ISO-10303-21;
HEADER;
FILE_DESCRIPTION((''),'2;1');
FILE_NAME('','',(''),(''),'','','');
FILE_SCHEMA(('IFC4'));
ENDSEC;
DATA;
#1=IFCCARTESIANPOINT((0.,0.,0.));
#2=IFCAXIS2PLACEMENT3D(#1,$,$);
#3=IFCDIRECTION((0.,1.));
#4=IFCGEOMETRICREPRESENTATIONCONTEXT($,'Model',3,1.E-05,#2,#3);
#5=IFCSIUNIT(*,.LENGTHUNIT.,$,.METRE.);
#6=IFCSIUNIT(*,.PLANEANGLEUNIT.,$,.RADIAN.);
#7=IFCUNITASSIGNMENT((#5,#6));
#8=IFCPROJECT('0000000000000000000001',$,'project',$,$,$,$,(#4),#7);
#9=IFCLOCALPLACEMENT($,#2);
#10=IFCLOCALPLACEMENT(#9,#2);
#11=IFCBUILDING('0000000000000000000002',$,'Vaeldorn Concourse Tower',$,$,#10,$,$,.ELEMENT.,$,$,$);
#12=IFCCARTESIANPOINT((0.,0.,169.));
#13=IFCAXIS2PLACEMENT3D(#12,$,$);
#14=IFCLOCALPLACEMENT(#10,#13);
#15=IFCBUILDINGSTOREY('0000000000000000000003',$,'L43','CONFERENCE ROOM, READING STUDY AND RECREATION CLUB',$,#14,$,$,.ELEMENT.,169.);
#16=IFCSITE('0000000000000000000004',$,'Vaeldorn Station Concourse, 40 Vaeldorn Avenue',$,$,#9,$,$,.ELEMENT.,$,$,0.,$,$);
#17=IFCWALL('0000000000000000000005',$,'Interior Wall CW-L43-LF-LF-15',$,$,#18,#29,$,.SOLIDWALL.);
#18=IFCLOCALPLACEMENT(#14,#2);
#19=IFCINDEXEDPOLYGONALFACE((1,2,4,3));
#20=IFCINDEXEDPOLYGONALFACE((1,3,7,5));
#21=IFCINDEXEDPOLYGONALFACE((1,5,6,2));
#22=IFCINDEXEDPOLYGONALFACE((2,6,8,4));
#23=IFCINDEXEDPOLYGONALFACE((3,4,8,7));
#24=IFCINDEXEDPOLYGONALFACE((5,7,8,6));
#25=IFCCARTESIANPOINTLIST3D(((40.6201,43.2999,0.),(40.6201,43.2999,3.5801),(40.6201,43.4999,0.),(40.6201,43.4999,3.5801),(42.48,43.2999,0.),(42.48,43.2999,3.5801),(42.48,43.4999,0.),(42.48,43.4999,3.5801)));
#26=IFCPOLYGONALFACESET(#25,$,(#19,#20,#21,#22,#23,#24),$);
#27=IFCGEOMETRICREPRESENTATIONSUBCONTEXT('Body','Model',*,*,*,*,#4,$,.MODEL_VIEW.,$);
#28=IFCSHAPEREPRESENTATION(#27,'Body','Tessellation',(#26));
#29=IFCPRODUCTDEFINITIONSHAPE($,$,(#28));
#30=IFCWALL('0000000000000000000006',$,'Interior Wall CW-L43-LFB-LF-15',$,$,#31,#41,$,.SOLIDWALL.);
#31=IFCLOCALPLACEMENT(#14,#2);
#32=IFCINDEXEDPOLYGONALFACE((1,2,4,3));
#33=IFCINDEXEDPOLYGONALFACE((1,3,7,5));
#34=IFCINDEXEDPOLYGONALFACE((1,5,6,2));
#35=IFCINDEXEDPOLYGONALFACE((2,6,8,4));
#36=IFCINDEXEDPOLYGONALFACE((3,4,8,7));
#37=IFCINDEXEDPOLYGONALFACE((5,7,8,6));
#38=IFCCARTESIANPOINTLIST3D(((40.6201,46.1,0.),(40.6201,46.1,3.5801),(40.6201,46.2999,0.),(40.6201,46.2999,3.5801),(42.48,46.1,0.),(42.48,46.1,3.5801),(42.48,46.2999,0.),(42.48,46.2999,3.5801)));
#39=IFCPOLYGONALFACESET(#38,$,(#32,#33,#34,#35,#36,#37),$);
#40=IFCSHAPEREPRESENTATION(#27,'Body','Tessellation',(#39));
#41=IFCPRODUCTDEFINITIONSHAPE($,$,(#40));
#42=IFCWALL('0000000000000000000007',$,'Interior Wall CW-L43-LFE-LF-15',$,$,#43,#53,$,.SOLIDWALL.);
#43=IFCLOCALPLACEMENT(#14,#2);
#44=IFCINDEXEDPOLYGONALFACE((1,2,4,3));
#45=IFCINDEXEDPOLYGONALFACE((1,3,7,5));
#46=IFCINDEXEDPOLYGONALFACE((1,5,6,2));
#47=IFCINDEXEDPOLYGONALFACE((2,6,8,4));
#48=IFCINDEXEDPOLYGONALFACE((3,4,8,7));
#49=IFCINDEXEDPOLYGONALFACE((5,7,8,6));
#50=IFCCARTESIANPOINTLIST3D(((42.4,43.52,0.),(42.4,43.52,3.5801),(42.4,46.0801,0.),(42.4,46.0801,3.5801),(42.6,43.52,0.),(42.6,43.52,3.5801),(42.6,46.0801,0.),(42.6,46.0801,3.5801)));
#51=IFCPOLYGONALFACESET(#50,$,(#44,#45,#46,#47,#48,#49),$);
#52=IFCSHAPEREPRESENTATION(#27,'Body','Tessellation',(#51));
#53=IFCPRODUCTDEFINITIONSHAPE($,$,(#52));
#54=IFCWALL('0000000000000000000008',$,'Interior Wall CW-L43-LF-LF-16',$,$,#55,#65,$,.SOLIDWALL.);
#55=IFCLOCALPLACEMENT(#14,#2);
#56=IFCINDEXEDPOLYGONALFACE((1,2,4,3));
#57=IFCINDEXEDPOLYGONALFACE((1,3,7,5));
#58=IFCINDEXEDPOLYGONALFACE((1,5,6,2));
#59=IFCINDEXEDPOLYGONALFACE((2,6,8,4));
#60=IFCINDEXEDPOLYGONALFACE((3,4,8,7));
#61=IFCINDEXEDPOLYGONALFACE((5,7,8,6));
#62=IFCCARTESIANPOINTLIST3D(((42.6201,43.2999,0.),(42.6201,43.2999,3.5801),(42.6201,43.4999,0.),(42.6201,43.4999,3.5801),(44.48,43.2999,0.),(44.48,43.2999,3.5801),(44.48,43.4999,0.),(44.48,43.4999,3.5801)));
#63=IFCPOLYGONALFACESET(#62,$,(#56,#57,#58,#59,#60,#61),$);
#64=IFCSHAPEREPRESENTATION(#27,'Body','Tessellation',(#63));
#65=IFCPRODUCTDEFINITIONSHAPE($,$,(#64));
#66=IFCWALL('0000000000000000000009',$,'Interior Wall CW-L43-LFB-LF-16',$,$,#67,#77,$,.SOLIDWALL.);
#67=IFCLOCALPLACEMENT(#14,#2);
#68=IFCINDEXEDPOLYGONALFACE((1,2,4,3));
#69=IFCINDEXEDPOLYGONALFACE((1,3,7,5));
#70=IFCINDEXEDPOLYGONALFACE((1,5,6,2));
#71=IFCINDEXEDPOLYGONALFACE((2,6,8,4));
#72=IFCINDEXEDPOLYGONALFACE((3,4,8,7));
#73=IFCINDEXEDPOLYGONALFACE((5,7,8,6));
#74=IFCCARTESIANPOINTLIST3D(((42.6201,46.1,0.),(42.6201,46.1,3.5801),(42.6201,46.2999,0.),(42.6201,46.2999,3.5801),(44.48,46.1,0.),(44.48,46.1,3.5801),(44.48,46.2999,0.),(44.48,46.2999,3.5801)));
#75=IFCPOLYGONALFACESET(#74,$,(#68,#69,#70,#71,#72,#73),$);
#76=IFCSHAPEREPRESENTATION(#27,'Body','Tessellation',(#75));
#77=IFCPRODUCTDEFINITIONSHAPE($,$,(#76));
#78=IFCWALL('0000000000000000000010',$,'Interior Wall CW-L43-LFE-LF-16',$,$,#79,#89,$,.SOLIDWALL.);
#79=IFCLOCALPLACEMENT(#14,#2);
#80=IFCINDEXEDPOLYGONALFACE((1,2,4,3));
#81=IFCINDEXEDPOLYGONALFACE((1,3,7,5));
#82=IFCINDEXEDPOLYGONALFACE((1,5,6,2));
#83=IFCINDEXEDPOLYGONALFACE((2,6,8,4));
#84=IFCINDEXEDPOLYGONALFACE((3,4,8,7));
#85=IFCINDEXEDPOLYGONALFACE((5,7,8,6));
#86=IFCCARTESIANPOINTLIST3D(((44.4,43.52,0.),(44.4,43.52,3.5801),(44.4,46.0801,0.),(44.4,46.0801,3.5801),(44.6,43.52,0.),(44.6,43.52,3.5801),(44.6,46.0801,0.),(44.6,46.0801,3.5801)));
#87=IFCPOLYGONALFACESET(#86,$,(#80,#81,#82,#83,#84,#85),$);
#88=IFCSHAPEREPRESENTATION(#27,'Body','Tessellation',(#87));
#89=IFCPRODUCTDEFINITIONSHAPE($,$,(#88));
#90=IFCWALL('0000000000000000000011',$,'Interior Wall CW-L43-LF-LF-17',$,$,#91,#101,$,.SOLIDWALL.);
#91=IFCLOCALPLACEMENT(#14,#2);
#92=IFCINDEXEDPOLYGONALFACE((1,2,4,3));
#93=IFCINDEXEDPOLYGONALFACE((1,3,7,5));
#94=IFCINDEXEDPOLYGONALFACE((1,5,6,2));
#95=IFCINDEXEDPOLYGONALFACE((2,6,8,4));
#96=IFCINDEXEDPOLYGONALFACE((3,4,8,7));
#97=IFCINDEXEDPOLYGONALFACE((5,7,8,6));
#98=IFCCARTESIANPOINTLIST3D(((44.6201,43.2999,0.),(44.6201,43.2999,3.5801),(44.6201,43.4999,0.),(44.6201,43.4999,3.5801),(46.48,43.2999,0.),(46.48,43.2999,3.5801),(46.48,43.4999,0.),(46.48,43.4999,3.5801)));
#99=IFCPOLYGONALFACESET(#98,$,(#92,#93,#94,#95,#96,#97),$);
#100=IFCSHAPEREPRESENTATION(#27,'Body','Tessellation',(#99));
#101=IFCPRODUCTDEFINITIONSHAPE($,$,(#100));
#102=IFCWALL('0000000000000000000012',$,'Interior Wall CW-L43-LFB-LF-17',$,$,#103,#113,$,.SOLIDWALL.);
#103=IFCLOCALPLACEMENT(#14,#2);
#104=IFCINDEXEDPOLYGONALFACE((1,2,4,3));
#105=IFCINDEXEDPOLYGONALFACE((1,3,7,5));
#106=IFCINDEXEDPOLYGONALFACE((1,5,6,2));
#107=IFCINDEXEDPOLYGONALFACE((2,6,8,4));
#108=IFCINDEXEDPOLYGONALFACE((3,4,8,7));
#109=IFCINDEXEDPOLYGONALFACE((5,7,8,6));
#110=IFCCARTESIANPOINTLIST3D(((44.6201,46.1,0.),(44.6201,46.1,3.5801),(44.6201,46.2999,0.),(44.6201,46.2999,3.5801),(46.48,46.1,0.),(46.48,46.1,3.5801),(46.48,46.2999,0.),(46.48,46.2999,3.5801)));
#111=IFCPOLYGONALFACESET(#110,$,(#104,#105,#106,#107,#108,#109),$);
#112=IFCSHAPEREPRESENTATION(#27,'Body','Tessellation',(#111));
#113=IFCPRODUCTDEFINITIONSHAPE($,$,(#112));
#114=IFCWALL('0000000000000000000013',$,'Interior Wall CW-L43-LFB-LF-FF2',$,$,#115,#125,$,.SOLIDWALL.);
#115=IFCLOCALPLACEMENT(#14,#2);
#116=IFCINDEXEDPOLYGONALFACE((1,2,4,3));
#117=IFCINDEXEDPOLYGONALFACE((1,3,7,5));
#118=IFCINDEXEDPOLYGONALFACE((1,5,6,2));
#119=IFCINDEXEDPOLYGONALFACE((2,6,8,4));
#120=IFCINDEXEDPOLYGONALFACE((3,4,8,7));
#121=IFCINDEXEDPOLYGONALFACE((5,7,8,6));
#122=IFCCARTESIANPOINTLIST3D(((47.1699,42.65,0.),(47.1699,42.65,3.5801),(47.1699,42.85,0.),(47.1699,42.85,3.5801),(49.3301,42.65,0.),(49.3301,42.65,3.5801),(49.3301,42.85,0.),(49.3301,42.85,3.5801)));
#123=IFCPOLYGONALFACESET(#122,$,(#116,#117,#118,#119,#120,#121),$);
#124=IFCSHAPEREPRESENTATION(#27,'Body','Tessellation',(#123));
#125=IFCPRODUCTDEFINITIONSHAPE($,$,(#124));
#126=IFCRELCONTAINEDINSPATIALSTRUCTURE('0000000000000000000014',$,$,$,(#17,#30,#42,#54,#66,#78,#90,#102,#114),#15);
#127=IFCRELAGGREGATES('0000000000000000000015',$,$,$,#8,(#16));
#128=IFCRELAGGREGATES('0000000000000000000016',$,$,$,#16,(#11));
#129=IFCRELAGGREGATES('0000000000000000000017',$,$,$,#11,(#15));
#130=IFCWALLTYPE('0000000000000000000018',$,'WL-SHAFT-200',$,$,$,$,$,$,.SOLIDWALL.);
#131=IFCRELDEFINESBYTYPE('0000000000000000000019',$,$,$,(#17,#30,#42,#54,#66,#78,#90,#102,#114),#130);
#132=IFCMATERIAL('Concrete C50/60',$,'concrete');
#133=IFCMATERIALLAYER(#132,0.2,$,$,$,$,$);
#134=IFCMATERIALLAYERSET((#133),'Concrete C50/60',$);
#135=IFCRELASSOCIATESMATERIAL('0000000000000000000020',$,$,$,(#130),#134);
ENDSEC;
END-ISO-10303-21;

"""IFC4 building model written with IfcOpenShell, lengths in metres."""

from ifc_helpers import new_model, si_unit, direction, frame, frame_2d, origin, place, context, subcontext, project, spatial, rectangle, extrude, material, layer, layer_set, type_object, element, save


model = new_model("IFC4")

# Units and contexts
model_context = context("Model", 3, precision=1e-05, world=origin(), true_north=direction((0.0, 1.0)))
body_context = subcontext(model_context, "Body", "Model", "MODEL_VIEW")
ifc_project = project(units=[si_unit("LENGTHUNIT", "METRE"), si_unit("PLANEANGLEUNIT", "RADIAN")], contexts=[model_context])

# Site, building, storey
site_placement = place(None, origin())
site = spatial("IfcSite", under=ifc_project, at=site_placement, Name="Vaeldorn Station Concourse, 40 Vaeldorn Avenue", CompositionType="ELEMENT", RefElevation=0.0)
building_placement = place(site_placement, origin())
building = spatial("IfcBuilding", under=site, at=building_placement, Name="Vaeldorn Concourse Tower", CompositionType="ELEMENT")
storey_placement = place(building_placement, frame((0.0, 0.0, 169.0)))
storey = spatial("IfcBuildingStorey", under=building, at=storey_placement, Name="L43", Description="CONFERENCE ROOM, READING STUDY AND RECREATION CLUB", CompositionType="ELEMENT", Elevation=169.0)

# Shared definitions
ifc_material_1 = material(Name="Concrete C50/60", Category="concrete")

# Shared definitions
ifc_layer_1 = layer(ifc_material_1, 0.2)
ifc_layer_set_1 = layer_set([ifc_layer_1], Name="Concrete C50/60")
wall_type_1 = type_object("IfcWallType", Name="WL-SHAFT-200", PredefinedType="SOLIDWALL", material=ifc_layer_set_1)

# Walls
for number, where, z_axis, x_axis, name in (
    (1, (40.6201, 43.3999, 0.0), (0.0, 0.0, 1.0), (1.0, 0.0, 0.0), "Interior Wall CW-L43-LF-LF-15"),
    (2, (40.6201, 46.2, 0.0), (0.0, 0.0, 1.0), (1.0, 0.0, 0.0), "Interior Wall CW-L43-LFB-LF-15"),
):
    element("IfcWall", number, at=place(storey_placement, frame(where, z_axis=z_axis, x_axis=x_axis)), inside=storey, type_object=wall_type_1, Name=name, PredefinedType="SOLIDWALL", context=body_context, shape_type="SweptSolid", body=[
        extrude(rectangle(XDim=1.8599, YDim=0.2, at=frame_2d((0.9299, 0.0))), origin(), (0.0, 0.0, 1.0), 3.5801),
    ])
wall_1_placement = place(storey_placement, frame((42.5, 43.52, 0.0), z_axis=(0.0, 0.0, 1.0), x_axis=(0.0, 1.0, 0.0)))
element("IfcWall", 3, at=wall_1_placement, inside=storey, type_object=wall_type_1, Name="Interior Wall CW-L43-LFE-LF-15", PredefinedType="SOLIDWALL", context=body_context, shape_type="SweptSolid", body=[
    extrude(rectangle(XDim=2.5601, YDim=0.2, at=frame_2d((1.28, 0.0))), origin(), (0.0, 0.0, 1.0), 3.5801),
])
for number, where, z_axis, x_axis, name in (
    (4, (42.6201, 43.3999, 0.0), (0.0, 0.0, 1.0), (1.0, 0.0, 0.0), "Interior Wall CW-L43-LF-LF-16"),
    (5, (42.6201, 46.2, 0.0), (0.0, 0.0, 1.0), (1.0, 0.0, 0.0), "Interior Wall CW-L43-LFB-LF-16"),
):
    element("IfcWall", number, at=place(storey_placement, frame(where, z_axis=z_axis, x_axis=x_axis)), inside=storey, type_object=wall_type_1, Name=name, PredefinedType="SOLIDWALL", context=body_context, shape_type="SweptSolid", body=[
        extrude(rectangle(XDim=1.8599, YDim=0.2, at=frame_2d((0.9299, 0.0))), origin(), (0.0, 0.0, 1.0), 3.5801),
    ])
wall_2_placement = place(storey_placement, frame((44.5, 43.52, 0.0), z_axis=(0.0, 0.0, 1.0), x_axis=(0.0, 1.0, 0.0)))
element("IfcWall", 6, at=wall_2_placement, inside=storey, type_object=wall_type_1, Name="Interior Wall CW-L43-LFE-LF-16", PredefinedType="SOLIDWALL", context=body_context, shape_type="SweptSolid", body=[
    extrude(rectangle(XDim=2.5601, YDim=0.2, at=frame_2d((1.28, 0.0))), origin(), (0.0, 0.0, 1.0), 3.5801),
])
for number, where, z_axis, x_axis, name in (
    (7, (44.6201, 43.3999, 0.0), (0.0, 0.0, 1.0), (1.0, 0.0, 0.0), "Interior Wall CW-L43-LF-LF-17"),
    (8, (44.6201, 46.2, 0.0), (0.0, 0.0, 1.0), (1.0, 0.0, 0.0), "Interior Wall CW-L43-LFB-LF-17"),
):
    element("IfcWall", number, at=place(storey_placement, frame(where, z_axis=z_axis, x_axis=x_axis)), inside=storey, type_object=wall_type_1, Name=name, PredefinedType="SOLIDWALL", context=body_context, shape_type="SweptSolid", body=[
        extrude(rectangle(XDim=1.8599, YDim=0.2, at=frame_2d((0.9299, 0.0))), origin(), (0.0, 0.0, 1.0), 3.5801),
    ])

# Wall
wall_3_placement = place(storey_placement, frame((47.1699, 42.75, 0.0), z_axis=(0.0, 0.0, 1.0), x_axis=(1.0, 0.0, 0.0)))
element("IfcWall", 9, at=wall_3_placement, inside=storey, type_object=wall_type_1, Name="Interior Wall CW-L43-LFB-LF-FF2", PredefinedType="SOLIDWALL", context=body_context, shape_type="SweptSolid", body=[
    extrude(rectangle(XDim=2.1602, YDim=0.2, at=frame_2d((1.0801, 0.0))), origin(), (0.0, 0.0, 1.0), 3.5801),
])

save(model, "model.ifc")
